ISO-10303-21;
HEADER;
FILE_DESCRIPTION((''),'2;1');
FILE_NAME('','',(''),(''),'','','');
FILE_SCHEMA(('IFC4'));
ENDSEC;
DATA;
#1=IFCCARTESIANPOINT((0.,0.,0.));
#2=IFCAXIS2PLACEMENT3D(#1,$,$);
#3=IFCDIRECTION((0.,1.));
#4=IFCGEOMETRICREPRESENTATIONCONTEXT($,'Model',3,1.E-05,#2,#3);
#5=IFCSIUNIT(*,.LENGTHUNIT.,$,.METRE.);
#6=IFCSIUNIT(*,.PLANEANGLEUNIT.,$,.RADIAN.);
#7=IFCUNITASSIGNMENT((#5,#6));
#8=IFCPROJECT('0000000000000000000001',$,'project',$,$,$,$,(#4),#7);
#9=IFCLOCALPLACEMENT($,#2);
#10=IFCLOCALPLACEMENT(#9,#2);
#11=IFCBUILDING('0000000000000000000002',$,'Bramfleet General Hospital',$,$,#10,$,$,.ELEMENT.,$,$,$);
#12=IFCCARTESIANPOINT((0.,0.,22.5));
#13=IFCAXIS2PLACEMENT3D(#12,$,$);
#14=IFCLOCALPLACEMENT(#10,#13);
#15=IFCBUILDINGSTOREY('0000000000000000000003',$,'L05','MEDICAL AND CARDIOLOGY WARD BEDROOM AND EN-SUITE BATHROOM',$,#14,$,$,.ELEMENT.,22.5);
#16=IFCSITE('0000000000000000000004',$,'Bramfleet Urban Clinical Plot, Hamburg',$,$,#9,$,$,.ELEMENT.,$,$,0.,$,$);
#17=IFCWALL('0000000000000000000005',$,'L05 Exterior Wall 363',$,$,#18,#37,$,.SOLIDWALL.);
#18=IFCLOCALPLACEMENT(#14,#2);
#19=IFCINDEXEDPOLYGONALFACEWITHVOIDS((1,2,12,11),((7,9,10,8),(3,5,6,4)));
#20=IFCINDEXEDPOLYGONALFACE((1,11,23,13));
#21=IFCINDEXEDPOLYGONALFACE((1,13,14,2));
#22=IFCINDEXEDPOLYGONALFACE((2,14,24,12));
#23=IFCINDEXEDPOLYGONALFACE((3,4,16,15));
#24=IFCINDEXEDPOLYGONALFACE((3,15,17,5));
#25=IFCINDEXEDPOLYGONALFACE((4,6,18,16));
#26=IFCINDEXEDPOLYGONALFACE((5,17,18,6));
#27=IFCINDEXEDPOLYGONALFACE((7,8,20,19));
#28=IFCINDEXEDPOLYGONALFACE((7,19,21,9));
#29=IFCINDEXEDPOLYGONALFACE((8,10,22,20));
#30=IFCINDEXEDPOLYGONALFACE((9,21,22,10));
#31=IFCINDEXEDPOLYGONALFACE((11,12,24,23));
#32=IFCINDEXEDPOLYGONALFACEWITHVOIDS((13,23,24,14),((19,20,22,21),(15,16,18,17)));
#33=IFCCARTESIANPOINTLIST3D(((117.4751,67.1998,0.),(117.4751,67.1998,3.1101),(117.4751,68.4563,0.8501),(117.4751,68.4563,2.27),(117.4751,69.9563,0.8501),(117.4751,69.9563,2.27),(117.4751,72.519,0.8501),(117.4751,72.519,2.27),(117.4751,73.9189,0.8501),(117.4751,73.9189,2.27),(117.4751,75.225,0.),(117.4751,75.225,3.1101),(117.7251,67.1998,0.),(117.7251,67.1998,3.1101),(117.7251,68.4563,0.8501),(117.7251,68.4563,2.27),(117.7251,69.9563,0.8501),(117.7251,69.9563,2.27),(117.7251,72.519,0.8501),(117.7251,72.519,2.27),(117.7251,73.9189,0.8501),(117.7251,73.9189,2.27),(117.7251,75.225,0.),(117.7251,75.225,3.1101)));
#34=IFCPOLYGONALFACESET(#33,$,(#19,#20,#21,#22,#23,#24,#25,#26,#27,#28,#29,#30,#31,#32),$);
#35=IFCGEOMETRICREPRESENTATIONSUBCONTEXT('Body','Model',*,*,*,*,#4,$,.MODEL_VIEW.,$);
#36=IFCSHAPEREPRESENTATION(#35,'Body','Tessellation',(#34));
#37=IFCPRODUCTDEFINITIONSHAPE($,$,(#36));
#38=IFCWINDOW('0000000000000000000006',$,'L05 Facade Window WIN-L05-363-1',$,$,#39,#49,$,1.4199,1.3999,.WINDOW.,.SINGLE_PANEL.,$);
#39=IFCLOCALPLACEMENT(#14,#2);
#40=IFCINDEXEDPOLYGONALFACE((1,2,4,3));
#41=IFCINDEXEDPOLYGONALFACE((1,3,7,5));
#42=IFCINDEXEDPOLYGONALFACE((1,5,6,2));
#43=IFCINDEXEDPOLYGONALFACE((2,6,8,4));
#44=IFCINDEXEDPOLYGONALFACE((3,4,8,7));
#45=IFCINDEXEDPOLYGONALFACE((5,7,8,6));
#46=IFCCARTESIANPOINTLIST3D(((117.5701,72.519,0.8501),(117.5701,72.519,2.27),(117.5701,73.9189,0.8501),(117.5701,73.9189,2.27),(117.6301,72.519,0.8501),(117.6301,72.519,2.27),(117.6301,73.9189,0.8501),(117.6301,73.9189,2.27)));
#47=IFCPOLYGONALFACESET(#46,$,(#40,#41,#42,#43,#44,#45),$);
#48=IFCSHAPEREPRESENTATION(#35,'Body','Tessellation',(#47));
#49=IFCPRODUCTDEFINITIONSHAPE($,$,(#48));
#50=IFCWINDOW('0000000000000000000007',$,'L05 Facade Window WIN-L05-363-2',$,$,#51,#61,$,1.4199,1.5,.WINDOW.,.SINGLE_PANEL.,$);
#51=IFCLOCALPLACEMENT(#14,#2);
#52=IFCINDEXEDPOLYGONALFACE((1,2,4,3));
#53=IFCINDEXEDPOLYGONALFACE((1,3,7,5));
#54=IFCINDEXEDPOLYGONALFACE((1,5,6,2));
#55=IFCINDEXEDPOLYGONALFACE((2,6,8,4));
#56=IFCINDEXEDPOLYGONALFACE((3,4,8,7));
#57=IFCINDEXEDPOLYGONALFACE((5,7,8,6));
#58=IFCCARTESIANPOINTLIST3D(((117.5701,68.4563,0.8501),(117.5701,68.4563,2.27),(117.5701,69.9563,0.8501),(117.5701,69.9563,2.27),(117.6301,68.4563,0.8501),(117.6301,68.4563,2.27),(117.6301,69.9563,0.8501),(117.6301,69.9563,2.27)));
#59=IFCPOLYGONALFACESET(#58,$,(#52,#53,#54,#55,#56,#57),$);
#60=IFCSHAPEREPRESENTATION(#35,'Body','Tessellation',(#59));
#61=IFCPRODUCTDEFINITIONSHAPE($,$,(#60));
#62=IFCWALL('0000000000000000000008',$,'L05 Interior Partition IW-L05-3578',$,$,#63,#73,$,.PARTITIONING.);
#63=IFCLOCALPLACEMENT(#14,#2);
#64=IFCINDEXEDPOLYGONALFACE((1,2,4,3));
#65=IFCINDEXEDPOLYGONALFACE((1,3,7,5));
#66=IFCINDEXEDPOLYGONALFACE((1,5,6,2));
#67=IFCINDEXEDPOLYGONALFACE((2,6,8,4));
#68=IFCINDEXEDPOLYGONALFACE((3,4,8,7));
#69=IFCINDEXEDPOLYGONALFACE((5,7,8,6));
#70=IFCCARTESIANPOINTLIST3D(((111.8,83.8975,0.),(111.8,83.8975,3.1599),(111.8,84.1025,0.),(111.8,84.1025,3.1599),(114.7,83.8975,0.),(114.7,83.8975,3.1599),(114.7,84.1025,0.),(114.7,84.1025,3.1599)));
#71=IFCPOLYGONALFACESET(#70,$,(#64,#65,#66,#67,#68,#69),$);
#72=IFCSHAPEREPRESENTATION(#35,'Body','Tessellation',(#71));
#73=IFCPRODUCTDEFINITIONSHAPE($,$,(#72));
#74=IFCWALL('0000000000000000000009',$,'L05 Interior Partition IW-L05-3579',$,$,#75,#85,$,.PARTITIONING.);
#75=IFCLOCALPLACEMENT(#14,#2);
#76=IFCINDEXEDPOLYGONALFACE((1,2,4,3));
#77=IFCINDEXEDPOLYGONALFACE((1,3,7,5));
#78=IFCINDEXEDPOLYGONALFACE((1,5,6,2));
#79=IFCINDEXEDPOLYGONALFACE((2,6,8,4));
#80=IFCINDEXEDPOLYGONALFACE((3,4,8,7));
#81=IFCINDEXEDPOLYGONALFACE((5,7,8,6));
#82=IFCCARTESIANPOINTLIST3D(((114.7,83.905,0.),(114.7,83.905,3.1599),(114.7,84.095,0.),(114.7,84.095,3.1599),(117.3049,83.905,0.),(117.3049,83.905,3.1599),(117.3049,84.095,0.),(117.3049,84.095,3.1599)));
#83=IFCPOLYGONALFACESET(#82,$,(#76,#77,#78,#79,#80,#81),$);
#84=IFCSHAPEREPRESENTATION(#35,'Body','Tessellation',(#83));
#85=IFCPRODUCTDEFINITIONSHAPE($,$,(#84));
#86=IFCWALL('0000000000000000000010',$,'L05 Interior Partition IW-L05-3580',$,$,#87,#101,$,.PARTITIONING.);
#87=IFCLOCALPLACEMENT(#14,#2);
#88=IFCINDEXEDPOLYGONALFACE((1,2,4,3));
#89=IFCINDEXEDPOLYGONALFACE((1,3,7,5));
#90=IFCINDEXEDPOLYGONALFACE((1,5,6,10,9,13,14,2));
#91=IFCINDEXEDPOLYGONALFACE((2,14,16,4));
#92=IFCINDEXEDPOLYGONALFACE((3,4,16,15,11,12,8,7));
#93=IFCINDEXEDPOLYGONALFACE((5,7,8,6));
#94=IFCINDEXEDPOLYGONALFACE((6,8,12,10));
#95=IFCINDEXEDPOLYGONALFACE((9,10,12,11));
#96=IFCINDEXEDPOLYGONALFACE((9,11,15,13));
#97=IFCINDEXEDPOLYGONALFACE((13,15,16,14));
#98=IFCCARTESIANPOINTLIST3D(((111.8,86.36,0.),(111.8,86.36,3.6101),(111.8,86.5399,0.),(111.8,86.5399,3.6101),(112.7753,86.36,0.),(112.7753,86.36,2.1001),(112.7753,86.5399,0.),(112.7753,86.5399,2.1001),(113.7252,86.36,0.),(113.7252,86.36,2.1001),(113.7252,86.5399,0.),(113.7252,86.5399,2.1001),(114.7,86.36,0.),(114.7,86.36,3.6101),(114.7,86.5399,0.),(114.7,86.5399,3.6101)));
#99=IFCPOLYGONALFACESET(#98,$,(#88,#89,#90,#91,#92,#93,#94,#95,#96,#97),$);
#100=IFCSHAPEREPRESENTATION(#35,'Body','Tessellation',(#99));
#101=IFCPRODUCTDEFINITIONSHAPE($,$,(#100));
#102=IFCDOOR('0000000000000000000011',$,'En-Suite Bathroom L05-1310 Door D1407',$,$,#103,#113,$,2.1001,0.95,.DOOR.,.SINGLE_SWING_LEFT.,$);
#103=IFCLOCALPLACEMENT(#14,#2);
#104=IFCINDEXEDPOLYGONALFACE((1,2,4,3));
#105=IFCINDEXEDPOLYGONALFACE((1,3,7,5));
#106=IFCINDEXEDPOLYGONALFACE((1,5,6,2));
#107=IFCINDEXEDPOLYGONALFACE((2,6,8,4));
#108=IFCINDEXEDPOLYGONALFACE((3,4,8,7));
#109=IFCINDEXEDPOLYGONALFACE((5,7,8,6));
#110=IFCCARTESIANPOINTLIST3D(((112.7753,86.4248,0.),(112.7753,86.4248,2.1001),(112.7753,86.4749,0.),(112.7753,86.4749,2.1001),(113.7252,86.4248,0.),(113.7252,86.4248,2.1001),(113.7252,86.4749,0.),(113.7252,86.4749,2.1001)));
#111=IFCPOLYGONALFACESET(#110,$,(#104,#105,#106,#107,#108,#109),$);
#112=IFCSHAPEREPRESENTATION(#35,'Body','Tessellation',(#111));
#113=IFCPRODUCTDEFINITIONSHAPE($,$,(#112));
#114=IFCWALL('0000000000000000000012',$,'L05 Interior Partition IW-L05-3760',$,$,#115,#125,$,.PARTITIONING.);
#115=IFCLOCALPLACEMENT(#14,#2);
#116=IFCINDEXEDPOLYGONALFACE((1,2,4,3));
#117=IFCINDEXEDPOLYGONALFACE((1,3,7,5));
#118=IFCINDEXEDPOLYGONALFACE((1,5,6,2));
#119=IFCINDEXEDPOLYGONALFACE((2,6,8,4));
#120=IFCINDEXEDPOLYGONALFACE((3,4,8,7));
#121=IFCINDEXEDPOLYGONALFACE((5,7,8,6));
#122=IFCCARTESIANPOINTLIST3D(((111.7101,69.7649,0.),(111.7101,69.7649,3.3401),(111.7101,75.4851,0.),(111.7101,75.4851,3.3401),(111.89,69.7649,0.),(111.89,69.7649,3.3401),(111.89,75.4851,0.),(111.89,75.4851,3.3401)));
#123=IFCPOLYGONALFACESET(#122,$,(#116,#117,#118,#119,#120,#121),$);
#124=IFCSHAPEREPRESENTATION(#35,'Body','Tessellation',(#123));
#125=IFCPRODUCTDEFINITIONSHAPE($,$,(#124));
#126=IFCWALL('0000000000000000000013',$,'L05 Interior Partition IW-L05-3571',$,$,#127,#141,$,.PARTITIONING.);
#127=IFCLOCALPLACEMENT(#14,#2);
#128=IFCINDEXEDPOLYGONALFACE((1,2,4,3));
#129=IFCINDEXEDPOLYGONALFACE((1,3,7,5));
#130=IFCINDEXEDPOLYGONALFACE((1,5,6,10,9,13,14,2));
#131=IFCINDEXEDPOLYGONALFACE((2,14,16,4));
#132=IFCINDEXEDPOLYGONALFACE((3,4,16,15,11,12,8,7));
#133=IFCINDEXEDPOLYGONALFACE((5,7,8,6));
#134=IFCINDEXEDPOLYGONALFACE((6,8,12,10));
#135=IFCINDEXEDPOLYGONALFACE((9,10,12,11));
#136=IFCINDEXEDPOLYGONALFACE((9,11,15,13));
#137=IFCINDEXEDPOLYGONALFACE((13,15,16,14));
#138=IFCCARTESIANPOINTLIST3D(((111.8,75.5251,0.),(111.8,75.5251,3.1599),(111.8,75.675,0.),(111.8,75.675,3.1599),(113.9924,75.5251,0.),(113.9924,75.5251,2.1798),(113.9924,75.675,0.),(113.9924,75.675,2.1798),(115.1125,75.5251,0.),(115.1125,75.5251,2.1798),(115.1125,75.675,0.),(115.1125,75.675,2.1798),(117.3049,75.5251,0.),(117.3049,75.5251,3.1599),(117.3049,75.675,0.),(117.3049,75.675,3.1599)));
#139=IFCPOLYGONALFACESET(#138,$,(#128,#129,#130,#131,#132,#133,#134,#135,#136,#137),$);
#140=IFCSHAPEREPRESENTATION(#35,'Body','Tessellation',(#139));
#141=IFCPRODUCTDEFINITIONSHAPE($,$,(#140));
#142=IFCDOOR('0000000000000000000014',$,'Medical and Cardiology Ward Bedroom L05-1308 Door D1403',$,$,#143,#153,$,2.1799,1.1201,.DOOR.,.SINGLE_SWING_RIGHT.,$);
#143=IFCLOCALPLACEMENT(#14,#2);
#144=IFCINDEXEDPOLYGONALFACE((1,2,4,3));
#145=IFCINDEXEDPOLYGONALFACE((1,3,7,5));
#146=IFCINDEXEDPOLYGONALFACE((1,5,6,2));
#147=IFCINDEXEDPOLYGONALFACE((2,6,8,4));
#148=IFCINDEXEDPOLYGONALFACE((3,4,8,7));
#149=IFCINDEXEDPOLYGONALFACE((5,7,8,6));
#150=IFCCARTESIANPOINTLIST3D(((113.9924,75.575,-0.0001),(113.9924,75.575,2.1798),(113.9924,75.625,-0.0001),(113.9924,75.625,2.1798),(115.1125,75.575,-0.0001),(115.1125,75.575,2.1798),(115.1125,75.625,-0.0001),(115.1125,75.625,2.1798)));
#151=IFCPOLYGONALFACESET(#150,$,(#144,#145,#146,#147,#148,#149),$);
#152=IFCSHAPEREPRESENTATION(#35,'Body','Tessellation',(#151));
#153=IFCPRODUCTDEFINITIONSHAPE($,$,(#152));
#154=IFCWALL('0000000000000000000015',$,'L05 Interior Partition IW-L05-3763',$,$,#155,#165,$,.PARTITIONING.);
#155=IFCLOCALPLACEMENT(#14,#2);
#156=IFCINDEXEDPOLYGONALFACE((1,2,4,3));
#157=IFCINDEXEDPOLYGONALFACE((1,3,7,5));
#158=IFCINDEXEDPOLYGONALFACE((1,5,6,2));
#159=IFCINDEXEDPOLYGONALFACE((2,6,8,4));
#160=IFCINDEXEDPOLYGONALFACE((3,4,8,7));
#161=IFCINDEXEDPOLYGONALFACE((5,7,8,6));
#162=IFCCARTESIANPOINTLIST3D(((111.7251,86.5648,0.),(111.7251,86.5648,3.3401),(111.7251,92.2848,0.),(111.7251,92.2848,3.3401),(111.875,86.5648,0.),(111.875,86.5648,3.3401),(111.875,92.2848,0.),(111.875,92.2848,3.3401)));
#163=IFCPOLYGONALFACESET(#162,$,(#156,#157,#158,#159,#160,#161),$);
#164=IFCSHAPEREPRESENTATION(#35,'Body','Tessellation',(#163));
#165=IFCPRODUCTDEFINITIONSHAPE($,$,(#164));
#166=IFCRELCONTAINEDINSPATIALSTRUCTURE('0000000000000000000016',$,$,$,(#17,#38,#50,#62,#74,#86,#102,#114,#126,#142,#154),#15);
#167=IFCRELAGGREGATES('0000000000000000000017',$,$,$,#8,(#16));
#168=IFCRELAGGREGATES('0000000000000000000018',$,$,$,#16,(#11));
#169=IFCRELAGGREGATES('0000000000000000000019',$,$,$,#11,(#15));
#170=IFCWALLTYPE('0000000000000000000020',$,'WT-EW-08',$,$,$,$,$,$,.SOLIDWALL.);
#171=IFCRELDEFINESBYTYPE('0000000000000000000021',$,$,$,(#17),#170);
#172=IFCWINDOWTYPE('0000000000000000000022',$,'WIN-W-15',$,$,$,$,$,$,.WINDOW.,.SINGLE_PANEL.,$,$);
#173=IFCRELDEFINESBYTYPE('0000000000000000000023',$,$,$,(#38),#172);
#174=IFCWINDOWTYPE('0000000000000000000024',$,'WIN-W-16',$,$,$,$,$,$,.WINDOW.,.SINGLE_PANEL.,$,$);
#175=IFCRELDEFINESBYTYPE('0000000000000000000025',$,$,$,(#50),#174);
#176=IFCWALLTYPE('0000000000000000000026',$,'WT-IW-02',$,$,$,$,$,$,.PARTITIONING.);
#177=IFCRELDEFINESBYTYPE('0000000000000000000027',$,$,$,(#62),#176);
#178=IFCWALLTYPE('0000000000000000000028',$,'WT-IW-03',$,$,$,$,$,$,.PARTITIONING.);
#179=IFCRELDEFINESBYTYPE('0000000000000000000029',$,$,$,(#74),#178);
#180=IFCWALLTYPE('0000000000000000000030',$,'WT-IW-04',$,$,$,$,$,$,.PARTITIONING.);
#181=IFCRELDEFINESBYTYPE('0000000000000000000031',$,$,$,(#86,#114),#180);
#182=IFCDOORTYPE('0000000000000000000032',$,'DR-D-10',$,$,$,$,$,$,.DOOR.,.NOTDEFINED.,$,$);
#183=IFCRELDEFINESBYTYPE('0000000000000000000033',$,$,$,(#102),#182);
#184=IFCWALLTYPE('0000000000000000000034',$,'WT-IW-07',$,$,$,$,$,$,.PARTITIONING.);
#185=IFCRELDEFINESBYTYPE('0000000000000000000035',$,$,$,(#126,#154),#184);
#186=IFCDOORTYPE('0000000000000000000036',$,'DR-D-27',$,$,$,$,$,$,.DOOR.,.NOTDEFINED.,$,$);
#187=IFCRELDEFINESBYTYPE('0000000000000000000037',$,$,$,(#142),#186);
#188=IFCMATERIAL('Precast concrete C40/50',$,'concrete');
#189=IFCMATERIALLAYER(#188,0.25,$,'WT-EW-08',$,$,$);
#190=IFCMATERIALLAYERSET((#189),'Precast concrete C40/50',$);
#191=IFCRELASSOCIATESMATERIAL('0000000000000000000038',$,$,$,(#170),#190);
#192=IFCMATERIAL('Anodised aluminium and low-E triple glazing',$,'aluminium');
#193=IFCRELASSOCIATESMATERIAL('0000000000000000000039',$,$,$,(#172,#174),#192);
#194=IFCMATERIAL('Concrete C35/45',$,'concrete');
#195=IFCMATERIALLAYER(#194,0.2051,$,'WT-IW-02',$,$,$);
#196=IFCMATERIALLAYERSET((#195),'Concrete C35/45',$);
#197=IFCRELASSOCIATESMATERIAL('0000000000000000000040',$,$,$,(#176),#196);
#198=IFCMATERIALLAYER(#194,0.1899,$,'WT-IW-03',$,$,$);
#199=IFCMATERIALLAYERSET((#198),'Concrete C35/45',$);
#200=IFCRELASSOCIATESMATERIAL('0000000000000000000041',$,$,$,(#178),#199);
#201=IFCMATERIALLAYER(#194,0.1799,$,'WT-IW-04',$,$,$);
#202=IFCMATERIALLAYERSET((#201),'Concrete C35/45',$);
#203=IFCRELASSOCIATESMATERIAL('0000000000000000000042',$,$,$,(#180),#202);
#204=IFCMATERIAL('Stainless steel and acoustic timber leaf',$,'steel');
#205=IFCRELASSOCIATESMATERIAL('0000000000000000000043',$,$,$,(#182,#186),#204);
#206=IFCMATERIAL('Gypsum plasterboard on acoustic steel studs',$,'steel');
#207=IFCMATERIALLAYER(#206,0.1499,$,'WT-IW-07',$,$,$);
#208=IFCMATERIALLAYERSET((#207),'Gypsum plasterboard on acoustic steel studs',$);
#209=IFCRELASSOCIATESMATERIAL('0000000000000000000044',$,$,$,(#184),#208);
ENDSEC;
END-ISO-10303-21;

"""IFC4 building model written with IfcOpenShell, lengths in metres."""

from ifc_helpers import new_model, si_unit, direction, frame, frame_2d, origin, place, context, subcontext, project, spatial, rectangle, extrude, material, layer, layer_set, type_object, element, fill, save


model = new_model("IFC4")

# Units and contexts
model_context = context("Model", 3, precision=1e-05, world=origin(), true_north=direction((0.0, 1.0)))
body_context = subcontext(model_context, "Body", "Model", "MODEL_VIEW")
ifc_project = project(units=[si_unit("LENGTHUNIT", "METRE"), si_unit("PLANEANGLEUNIT", "RADIAN")], contexts=[model_context])

# Site, building, storey
site_placement = place(None, origin())
site = spatial("IfcSite", under=ifc_project, at=site_placement, Name="Bramfleet Urban Clinical Plot, Hamburg", CompositionType="ELEMENT", RefElevation=0.0)
building_placement = place(site_placement, origin())
building = spatial("IfcBuilding", under=site, at=building_placement, Name="Bramfleet General Hospital", CompositionType="ELEMENT")
storey_placement = place(building_placement, frame((0.0, 0.0, 22.5)))
storey = spatial("IfcBuildingStorey", under=building, at=storey_placement, Name="L05", Description="MEDICAL AND CARDIOLOGY WARD BEDROOM AND EN-SUITE BATHROOM", CompositionType="ELEMENT", Elevation=22.5)

# Wall, openings, windows
ifc_material_1 = material(Name="Precast concrete C40/50", Category="concrete")
ifc_material_2 = material(Name="Anodised aluminium and low-E triple glazing", Category="aluminium")
ifc_layer_1 = layer(ifc_material_1, 0.25, Name="WT-EW-08")
ifc_layer_set_1 = layer_set([ifc_layer_1], Name="Precast concrete C40/50")
wall_type_1 = type_object("IfcWallType", Name="WT-EW-08", PredefinedType="SOLIDWALL", material=ifc_layer_set_1)
wall_1_placement = place(storey_placement, frame((117.6001, 75.2251, 0.0), z_axis=(0.0, 0.0, 1.0), x_axis=(0.0, -1.0, 0.0)))
wall_1 = element("IfcWall", 1, at=wall_1_placement, inside=storey, type_object=wall_type_1, Name="L05 Exterior Wall 363", PredefinedType="SOLIDWALL", context=body_context, shape_type="SweptSolid", body=[
    extrude(rectangle(XDim=8.0251, YDim=0.25, at=frame_2d((4.0127, 0.0))), origin(), (0.0, 0.0, 1.0), 3.1101),
])
opening_1_placement = place(wall_1_placement, frame((1.3062, 0.0, 0.8501)))
opening_1 = element("IfcOpeningElement", 2, at=opening_1_placement, cuts=wall_1, PredefinedType="OPENING", context=body_context, shape_type="SweptSolid", body=[
    extrude(rectangle(XDim=1.3999, YDim=1.4199, at=frame_2d((0.7, 0.71))), frame((0.0, 0.135, 0.0), z_axis=(0.0, -1.0, 0.0), x_axis=(1.0, 0.0, 0.0)), (0.0, 0.0, 1.0), 0.27),
])
opening_2_placement = place(wall_1_placement, frame((5.2688, 0.0, 0.8501)))
opening_2 = element("IfcOpeningElement", 3, at=opening_2_placement, cuts=wall_1, PredefinedType="OPENING", context=body_context, shape_type="SweptSolid", body=[
    extrude(rectangle(XDim=1.5, YDim=1.4199, at=frame_2d((0.75, 0.71))), frame((0.0, 0.135, 0.0), z_axis=(0.0, -1.0, 0.0), x_axis=(1.0, 0.0, 0.0)), (0.0, 0.0, 1.0), 0.27),
])
window_type_1 = type_object("IfcWindowType", Name="WIN-W-15", PartitioningType="SINGLE_PANEL", PredefinedType="WINDOW", material=ifc_material_2)
window_1_placement = place(opening_1_placement, origin())
window_1 = element("IfcWindow", 4, at=window_1_placement, inside=storey, type_object=window_type_1, Name="L05 Facade Window WIN-L05-363-1", OverallHeight=1.4199, OverallWidth=1.3999, PartitioningType="SINGLE_PANEL", PredefinedType="WINDOW", context=body_context, shape_type="SweptSolid", body=[
    extrude(rectangle(XDim=1.3999, YDim=1.4199, at=frame_2d((0.7, 0.71))), frame((0.0, 0.03, 0.0), z_axis=(0.0, -1.0, 0.0), x_axis=(1.0, 0.0, 0.0)), (0.0, 0.0, 1.0), 0.0601),
])
fill(opening_1, window_1)
window_type_2 = type_object("IfcWindowType", Name="WIN-W-16", PartitioningType="SINGLE_PANEL", PredefinedType="WINDOW", material=ifc_material_2)
window_2_placement = place(opening_2_placement, origin())
window_2 = element("IfcWindow", 5, at=window_2_placement, inside=storey, type_object=window_type_2, Name="L05 Facade Window WIN-L05-363-2", OverallHeight=1.4199, OverallWidth=1.5, PartitioningType="SINGLE_PANEL", PredefinedType="WINDOW", context=body_context, shape_type="SweptSolid", body=[
    extrude(rectangle(XDim=1.5, YDim=1.4199, at=frame_2d((0.75, 0.71))), frame((0.0, 0.03, 0.0), z_axis=(0.0, -1.0, 0.0), x_axis=(1.0, 0.0, 0.0)), (0.0, 0.0, 1.0), 0.0601),
])
fill(opening_2, window_2)

# Walls
ifc_material_3 = material(Name="Concrete C35/45", Category="concrete")
ifc_layer_2 = layer(ifc_material_3, 0.2051, Name="WT-IW-02")
ifc_layer_set_2 = layer_set([ifc_layer_2], Name="Concrete C35/45")
wall_type_2 = type_object("IfcWallType", Name="WT-IW-02", PredefinedType="PARTITIONING", material=ifc_layer_set_2)
wall_2_placement = place(storey_placement, frame((111.8, 84.0, 0.0), z_axis=(0.0, 0.0, 1.0), x_axis=(1.0, 0.0, 0.0)))
element("IfcWall", 6, at=wall_2_placement, inside=storey, type_object=wall_type_2, Name="L05 Interior Partition IW-L05-3578", PredefinedType="PARTITIONING", context=body_context, shape_type="SweptSolid", body=[
    extrude(rectangle(XDim=2.8999, YDim=0.2051, at=frame_2d((1.45, 0.0))), origin(), (0.0, 0.0, 1.0), 3.1599),
])
ifc_layer_3 = layer(ifc_material_3, 0.1899, Name="WT-IW-03")
ifc_layer_set_3 = layer_set([ifc_layer_3], Name="Concrete C35/45")
wall_type_3 = type_object("IfcWallType", Name="WT-IW-03", PredefinedType="PARTITIONING", material=ifc_layer_set_3)
wall_3_placement = place(storey_placement, frame((114.7, 84.0, 0.0), z_axis=(0.0, 0.0, 1.0), x_axis=(1.0, 0.0, 0.0)))
element("IfcWall", 7, at=wall_3_placement, inside=storey, type_object=wall_type_3, Name="L05 Interior Partition IW-L05-3579", PredefinedType="PARTITIONING", context=body_context, shape_type="SweptSolid", body=[
    extrude(rectangle(XDim=2.605, YDim=0.1899, at=frame_2d((1.3025, 0.0))), origin(), (0.0, 0.0, 1.0), 3.1599),
])

# Wall, opening, door
ifc_layer_4 = layer(ifc_material_3, 0.1799, Name="WT-IW-04")
ifc_layer_set_4 = layer_set([ifc_layer_4], Name="Concrete C35/45")
wall_type_4 = type_object("IfcWallType", Name="WT-IW-04", PredefinedType="PARTITIONING", material=ifc_layer_set_4)
wall_4_placement = place(storey_placement, frame((111.8, 86.45, 0.0), z_axis=(0.0, 0.0, 1.0), x_axis=(1.0, 0.0, 0.0)))
wall_4 = element("IfcWall", 8, at=wall_4_placement, inside=storey, type_object=wall_type_4, Name="L05 Interior Partition IW-L05-3580", PredefinedType="PARTITIONING", context=body_context, shape_type="SweptSolid", body=[
    extrude(rectangle(XDim=2.8999, YDim=0.1799, at=frame_2d((1.45, 0.0))), origin(), (0.0, 0.0, 1.0), 3.6101),
])
opening_3_placement = place(wall_4_placement, frame((0.9751, 0.0, 0.0)))
opening_3 = element("IfcOpeningElement", 9, at=opening_3_placement, cuts=wall_4, PredefinedType="OPENING", context=body_context, shape_type="SweptSolid", body=[
    extrude(rectangle(XDim=0.95, YDim=2.1001, at=frame_2d((0.4751, 1.05))), frame((0.0, 0.0999, 0.0), z_axis=(0.0, -1.0, 0.0), x_axis=(1.0, 0.0, 0.0)), (0.0, 0.0, 1.0), 0.2),
])
ifc_material_4 = material(Name="Stainless steel and acoustic timber leaf", Category="steel")
door_type_1 = type_object("IfcDoorType", Name="DR-D-10", OperationType="NOTDEFINED", PredefinedType="DOOR", material=ifc_material_4)
door_1_placement = place(opening_3_placement, origin())
door_1 = element("IfcDoor", 10, at=door_1_placement, inside=storey, type_object=door_type_1, Name="En-Suite Bathroom L05-1310 Door D1407", OperationType="SINGLE_SWING_LEFT", OverallHeight=2.1001, OverallWidth=0.95, PredefinedType="DOOR", context=body_context, shape_type="SweptSolid", body=[
    extrude(rectangle(XDim=0.95, YDim=2.1001, at=frame_2d((0.4751, 1.05))), frame((0.0, 0.0249, 0.0), z_axis=(0.0, -1.0, 0.0), x_axis=(1.0, 0.0, 0.0)), (0.0, 0.0, 1.0), 0.05),
])
fill(opening_3, door_1)

# Wall
wall_5_placement = place(storey_placement, frame((111.8, 69.7649, 0.0), z_axis=(0.0, 0.0, 1.0), x_axis=(0.0, 1.0, 0.0)))
element("IfcWall", 11, at=wall_5_placement, inside=storey, type_object=wall_type_4, Name="L05 Interior Partition IW-L05-3760", PredefinedType="PARTITIONING", context=body_context, shape_type="SweptSolid", body=[
    extrude(rectangle(XDim=5.7202, YDim=0.1799, at=frame_2d((2.8601, 0.0))), origin(), (0.0, 0.0, 1.0), 3.3401),
])
ifc_material_5 = material(Name="Gypsum plasterboard on acoustic steel studs", Category="steel")

# Wall, opening, door
ifc_layer_5 = layer(ifc_material_5, 0.1499, Name="WT-IW-07")
ifc_layer_set_5 = layer_set([ifc_layer_5], Name="Gypsum plasterboard on acoustic steel studs")
wall_type_5 = type_object("IfcWallType", Name="WT-IW-07", PredefinedType="PARTITIONING", material=ifc_layer_set_5)
wall_6_placement = place(storey_placement, frame((111.8, 75.6001, 0.0), z_axis=(0.0, 0.0, 1.0), x_axis=(1.0, 0.0, 0.0)))
wall_6 = element("IfcWall", 12, at=wall_6_placement, inside=storey, type_object=wall_type_5, Name="L05 Interior Partition IW-L05-3571", PredefinedType="PARTITIONING", context=body_context, shape_type="SweptSolid", body=[
    extrude(rectangle(XDim=5.5049, YDim=0.1499, at=frame_2d((2.7524, 0.0))), origin(), (0.0, 0.0, 1.0), 3.1599),
])
opening_4_placement = place(wall_6_placement, frame((2.1924, 0.0, 0.0)))
opening_4 = element("IfcOpeningElement", 13, at=opening_4_placement, cuts=wall_6, PredefinedType="OPENING", context=body_context, shape_type="SweptSolid", body=[
    extrude(rectangle(XDim=1.1201, YDim=2.1799, at=frame_2d((0.5601, 1.0898))), frame((0.0, 0.085, 0.0), z_axis=(0.0, -1.0, 0.0), x_axis=(1.0, 0.0, 0.0)), (0.0, 0.0, 1.0), 0.1699),
])
door_type_2 = type_object("IfcDoorType", Name="DR-D-27", OperationType="NOTDEFINED", PredefinedType="DOOR", material=ifc_material_4)
door_2_placement = place(opening_4_placement, origin())
door_2 = element("IfcDoor", 14, at=door_2_placement, inside=storey, type_object=door_type_2, Name="Medical and Cardiology Ward Bedroom L05-1308 Door D1403", OperationType="SINGLE_SWING_RIGHT", OverallHeight=2.1799, OverallWidth=1.1201, PredefinedType="DOOR", context=body_context, shape_type="SweptSolid", body=[
    extrude(rectangle(XDim=1.1201, YDim=2.1799, at=frame_2d((0.5601, 1.0898))), frame((0.0, 0.0249, 0.0), z_axis=(0.0, -1.0, 0.0), x_axis=(1.0, 0.0, 0.0)), (0.0, 0.0, 1.0), 0.05),
])
fill(opening_4, door_2)

# Wall
wall_7_placement = place(storey_placement, frame((111.8, 86.5649, 0.0), z_axis=(0.0, 0.0, 1.0), x_axis=(0.0, 1.0, 0.0)))
element("IfcWall", 15, at=wall_7_placement, inside=storey, type_object=wall_type_5, Name="L05 Interior Partition IW-L05-3763", PredefinedType="PARTITIONING", context=body_context, shape_type="SweptSolid", body=[
    extrude(rectangle(XDim=5.72, YDim=0.1499, at=frame_2d((2.8599, 0.0))), origin(), (0.0, 0.0, 1.0), 3.3401),
])

save(model, "model.ifc")
